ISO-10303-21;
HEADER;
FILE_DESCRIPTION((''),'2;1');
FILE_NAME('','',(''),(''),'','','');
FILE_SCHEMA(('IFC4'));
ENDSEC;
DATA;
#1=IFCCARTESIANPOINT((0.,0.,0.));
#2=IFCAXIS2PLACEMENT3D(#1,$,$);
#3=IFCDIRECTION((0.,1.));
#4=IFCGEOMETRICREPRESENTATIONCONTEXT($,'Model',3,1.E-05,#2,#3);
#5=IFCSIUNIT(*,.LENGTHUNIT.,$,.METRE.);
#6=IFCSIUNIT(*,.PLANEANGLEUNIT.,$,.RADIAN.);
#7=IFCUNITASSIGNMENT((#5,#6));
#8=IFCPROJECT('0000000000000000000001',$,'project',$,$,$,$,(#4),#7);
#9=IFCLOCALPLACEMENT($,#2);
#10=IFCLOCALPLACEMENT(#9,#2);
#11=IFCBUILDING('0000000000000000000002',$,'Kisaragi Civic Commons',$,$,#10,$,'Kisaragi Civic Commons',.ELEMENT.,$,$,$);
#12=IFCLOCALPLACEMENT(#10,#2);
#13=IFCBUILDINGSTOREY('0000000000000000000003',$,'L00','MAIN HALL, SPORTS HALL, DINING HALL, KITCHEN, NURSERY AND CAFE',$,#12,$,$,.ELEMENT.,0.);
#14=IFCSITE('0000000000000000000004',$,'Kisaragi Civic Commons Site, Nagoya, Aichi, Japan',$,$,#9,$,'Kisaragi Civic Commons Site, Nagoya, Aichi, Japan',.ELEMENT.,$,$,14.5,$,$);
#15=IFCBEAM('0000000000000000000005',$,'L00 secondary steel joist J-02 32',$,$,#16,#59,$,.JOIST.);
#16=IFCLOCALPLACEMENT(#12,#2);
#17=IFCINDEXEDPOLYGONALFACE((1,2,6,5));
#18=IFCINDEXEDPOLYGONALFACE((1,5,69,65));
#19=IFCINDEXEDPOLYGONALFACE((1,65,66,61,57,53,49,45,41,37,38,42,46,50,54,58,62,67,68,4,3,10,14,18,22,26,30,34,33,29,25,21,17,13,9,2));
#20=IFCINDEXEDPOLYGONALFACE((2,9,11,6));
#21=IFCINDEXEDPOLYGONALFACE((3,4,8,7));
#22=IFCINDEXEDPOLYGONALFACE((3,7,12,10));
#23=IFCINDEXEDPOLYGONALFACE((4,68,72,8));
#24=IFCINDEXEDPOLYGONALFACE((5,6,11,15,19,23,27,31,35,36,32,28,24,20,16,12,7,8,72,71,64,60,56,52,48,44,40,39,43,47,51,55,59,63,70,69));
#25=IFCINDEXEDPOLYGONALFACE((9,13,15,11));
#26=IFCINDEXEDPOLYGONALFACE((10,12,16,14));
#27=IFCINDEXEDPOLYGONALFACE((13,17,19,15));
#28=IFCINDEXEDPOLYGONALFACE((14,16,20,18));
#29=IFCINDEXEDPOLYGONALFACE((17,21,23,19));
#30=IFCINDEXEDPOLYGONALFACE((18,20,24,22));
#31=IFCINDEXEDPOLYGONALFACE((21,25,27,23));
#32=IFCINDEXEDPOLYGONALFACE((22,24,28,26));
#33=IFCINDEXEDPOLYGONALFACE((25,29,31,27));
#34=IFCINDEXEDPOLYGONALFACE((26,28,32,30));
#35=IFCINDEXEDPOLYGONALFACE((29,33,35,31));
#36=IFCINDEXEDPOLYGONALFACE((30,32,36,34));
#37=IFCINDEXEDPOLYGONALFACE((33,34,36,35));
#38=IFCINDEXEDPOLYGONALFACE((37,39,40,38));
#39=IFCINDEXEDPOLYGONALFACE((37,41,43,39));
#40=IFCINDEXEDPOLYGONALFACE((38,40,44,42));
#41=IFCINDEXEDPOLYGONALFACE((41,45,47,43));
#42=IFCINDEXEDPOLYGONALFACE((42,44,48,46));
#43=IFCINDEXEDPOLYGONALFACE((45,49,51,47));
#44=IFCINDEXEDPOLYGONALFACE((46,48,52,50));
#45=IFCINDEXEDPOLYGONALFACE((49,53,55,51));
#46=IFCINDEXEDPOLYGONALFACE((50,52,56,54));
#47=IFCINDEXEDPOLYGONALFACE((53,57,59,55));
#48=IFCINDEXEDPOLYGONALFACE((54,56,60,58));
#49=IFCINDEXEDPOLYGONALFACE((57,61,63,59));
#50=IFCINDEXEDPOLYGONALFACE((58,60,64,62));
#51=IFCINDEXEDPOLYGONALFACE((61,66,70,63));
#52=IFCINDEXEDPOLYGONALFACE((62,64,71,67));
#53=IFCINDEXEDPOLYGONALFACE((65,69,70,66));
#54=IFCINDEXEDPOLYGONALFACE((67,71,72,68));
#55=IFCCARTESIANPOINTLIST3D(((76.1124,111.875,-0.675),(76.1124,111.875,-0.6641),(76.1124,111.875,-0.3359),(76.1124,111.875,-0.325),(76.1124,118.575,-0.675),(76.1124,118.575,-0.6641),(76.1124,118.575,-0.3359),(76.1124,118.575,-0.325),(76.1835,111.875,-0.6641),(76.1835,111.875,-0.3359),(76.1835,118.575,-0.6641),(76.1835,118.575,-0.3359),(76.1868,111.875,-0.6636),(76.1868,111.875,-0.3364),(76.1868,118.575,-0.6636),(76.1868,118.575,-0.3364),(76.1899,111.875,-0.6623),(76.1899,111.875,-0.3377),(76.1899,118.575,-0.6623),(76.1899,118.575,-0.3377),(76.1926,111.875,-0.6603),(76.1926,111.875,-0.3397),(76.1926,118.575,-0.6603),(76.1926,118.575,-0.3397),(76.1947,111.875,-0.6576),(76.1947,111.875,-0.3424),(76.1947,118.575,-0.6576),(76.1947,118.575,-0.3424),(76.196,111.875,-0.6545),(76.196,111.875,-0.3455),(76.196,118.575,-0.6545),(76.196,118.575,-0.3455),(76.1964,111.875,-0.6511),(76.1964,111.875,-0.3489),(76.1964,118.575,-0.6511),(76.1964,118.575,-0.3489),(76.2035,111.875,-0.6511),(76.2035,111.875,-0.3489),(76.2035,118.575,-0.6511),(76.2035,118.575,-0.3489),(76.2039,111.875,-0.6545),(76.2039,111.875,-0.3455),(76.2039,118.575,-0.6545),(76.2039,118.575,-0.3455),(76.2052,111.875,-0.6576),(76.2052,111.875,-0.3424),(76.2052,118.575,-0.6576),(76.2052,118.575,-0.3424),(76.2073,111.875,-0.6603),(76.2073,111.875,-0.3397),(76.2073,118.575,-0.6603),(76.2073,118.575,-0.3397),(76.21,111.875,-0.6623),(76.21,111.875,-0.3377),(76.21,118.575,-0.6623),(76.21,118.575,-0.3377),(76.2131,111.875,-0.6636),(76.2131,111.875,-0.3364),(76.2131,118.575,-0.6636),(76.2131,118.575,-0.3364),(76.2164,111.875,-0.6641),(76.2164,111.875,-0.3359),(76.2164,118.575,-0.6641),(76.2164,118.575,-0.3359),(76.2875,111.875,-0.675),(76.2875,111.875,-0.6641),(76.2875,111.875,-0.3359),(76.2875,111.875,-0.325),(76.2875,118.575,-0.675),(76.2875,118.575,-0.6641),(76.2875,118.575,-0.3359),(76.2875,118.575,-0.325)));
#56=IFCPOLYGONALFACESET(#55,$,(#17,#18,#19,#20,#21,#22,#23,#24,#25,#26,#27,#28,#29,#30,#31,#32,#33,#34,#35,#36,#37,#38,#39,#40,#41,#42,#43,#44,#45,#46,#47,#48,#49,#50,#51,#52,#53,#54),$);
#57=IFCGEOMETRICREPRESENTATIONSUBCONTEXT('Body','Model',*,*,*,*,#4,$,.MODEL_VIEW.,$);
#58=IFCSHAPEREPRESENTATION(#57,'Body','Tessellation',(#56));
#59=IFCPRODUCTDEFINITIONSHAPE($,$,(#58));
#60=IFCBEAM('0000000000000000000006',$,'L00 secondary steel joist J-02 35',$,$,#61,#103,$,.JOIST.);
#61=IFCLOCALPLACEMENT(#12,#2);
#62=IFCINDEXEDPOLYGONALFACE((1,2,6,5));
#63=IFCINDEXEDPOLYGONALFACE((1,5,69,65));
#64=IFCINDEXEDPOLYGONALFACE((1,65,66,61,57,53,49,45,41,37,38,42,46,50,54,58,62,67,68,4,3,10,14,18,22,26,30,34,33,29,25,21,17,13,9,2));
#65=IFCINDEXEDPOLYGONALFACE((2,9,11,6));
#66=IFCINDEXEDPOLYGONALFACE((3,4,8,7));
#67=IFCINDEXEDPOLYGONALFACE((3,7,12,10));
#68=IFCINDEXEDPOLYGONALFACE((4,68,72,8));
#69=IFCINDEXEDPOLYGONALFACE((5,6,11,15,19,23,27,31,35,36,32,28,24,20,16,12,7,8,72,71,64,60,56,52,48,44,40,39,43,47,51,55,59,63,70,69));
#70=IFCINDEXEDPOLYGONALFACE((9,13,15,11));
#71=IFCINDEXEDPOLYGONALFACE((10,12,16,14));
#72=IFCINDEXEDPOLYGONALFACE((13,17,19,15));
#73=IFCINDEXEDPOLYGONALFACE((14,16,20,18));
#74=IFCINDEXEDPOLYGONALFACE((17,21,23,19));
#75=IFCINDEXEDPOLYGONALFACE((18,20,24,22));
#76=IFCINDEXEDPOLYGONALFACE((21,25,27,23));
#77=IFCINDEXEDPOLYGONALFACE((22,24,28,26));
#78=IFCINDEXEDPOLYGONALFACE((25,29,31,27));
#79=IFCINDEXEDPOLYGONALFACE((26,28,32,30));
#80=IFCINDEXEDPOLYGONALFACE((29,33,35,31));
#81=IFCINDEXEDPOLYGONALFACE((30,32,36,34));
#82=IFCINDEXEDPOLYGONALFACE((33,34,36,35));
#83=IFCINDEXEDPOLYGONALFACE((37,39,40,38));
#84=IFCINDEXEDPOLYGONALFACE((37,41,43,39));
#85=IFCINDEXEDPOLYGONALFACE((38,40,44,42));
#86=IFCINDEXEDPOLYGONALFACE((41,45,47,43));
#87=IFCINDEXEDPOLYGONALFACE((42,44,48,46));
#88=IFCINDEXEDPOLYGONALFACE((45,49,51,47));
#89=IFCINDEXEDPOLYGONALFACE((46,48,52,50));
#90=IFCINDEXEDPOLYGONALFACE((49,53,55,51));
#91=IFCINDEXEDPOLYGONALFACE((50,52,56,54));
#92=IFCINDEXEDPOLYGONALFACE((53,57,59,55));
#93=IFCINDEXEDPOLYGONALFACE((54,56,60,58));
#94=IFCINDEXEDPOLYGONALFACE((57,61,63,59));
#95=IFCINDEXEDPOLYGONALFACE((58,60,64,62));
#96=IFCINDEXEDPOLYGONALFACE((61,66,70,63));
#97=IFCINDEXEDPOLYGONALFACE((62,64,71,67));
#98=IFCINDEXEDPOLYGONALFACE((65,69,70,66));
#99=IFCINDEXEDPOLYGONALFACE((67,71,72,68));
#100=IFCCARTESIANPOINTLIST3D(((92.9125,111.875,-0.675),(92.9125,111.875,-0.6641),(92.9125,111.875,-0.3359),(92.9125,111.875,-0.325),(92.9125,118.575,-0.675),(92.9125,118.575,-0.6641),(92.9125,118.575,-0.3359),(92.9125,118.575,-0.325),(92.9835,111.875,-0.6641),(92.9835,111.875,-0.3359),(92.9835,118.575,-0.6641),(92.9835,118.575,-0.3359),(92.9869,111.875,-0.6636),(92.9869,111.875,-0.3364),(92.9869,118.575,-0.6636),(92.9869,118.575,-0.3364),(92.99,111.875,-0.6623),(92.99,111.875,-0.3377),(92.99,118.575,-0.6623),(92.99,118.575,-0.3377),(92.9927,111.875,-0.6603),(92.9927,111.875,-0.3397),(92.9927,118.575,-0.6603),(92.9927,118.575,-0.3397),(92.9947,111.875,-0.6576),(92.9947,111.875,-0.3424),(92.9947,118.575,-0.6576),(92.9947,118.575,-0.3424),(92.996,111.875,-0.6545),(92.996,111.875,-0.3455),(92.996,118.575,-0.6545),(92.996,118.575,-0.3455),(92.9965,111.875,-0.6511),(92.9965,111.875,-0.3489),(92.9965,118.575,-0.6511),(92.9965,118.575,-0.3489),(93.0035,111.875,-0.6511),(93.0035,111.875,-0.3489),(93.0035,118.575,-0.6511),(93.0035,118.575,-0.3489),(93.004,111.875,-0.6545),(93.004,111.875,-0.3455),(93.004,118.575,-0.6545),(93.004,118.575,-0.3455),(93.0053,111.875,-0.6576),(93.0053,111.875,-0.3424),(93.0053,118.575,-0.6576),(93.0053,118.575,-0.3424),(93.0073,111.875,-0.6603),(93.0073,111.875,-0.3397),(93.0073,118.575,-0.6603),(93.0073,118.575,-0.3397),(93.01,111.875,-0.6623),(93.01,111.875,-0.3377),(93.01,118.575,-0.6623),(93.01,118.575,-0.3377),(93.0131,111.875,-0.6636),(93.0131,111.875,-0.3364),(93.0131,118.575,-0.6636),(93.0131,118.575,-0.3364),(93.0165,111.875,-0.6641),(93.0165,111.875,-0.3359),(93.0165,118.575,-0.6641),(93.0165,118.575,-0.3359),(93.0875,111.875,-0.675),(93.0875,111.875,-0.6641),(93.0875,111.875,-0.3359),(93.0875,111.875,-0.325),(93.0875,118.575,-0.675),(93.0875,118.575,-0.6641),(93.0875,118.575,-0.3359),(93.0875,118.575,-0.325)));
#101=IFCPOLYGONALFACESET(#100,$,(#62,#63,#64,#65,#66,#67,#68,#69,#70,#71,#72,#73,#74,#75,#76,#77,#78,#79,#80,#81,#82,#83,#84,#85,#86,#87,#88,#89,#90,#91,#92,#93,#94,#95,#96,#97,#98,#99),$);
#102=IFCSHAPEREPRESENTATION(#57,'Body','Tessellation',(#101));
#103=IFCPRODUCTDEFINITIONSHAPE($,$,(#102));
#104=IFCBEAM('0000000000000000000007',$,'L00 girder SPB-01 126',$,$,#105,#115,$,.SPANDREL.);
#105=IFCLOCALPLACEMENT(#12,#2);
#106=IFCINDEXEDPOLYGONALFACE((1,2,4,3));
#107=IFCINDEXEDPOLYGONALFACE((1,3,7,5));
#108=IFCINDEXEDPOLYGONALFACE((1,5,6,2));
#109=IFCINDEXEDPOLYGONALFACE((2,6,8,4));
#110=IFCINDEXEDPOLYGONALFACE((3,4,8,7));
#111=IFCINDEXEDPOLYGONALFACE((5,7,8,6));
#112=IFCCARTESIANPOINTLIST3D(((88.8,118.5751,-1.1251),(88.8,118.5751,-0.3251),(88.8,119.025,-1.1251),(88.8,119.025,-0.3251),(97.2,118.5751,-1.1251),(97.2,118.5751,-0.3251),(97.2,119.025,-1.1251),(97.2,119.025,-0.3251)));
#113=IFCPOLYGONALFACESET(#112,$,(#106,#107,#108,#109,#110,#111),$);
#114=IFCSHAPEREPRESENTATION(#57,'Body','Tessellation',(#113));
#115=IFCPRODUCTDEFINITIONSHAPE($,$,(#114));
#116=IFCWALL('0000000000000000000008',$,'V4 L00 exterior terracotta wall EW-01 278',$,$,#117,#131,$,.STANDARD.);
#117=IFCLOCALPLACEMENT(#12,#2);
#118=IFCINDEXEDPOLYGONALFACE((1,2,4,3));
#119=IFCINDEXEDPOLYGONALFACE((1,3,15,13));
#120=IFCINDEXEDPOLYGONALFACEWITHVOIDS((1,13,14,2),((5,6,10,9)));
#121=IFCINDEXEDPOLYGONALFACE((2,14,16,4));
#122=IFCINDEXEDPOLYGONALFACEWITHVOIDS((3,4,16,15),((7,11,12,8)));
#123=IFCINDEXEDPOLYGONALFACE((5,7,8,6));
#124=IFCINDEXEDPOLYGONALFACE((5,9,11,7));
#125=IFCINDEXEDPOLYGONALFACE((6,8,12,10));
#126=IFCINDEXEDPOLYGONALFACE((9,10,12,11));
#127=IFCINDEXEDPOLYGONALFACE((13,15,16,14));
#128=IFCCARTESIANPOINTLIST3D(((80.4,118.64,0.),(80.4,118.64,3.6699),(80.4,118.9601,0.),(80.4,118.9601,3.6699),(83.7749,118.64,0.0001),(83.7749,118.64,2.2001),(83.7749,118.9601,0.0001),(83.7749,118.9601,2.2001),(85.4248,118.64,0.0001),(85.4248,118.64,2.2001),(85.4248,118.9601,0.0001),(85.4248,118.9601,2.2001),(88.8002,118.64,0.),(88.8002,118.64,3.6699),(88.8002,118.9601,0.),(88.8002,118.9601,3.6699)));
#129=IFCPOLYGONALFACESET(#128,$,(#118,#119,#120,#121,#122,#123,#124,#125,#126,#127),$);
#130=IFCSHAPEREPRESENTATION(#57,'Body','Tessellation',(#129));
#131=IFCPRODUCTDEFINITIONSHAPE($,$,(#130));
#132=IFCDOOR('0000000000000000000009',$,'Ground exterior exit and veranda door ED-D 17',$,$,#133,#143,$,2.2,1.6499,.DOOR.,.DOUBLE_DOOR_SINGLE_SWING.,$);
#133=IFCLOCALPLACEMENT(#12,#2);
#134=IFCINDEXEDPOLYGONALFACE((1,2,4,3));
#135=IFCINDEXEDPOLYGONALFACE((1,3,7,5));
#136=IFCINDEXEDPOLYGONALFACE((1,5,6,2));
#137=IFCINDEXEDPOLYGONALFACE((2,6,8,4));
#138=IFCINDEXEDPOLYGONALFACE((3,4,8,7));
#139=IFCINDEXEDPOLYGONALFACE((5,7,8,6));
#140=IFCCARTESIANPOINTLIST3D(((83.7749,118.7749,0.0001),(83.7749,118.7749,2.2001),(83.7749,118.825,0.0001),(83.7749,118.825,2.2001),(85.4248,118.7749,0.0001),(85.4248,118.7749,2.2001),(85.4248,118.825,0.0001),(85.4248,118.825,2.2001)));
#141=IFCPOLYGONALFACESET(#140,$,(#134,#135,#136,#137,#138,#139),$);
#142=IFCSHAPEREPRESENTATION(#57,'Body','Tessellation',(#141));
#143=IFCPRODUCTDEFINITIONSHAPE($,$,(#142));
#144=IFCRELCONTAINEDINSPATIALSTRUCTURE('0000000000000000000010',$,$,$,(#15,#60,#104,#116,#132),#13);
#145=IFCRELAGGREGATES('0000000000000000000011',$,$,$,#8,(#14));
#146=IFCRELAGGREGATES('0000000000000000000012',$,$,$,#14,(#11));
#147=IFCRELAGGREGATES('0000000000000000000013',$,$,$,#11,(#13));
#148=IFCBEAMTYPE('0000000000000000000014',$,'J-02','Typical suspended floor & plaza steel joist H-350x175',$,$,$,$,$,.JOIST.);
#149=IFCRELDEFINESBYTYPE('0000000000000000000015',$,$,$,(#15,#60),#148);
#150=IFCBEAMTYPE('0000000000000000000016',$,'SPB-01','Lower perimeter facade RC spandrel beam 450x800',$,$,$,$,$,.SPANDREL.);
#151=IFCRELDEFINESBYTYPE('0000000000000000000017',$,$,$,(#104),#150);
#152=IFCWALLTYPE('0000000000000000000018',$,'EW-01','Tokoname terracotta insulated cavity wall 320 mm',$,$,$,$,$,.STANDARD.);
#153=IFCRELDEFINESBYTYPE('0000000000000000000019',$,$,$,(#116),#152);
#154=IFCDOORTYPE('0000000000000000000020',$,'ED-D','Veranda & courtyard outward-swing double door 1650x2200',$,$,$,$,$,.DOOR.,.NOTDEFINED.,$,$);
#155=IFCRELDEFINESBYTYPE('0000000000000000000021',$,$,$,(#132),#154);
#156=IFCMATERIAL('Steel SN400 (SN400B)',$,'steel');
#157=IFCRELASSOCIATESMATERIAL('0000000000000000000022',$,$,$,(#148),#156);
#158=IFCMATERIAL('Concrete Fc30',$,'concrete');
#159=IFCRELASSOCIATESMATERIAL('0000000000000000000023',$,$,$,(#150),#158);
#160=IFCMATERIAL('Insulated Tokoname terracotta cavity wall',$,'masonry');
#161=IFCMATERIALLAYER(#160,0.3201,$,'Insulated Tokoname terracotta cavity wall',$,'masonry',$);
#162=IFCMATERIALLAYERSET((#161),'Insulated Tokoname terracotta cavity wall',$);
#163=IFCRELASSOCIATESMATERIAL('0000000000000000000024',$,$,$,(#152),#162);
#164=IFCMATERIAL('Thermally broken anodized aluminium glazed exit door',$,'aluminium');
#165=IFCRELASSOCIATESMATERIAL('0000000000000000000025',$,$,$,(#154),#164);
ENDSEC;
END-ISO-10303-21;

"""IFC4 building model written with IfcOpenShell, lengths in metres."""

from ifc_helpers import new_model, si_unit, direction, frame, frame_2d, origin, origin_2d, place, context, subcontext, project, spatial, rectangle, i_section, extrude, material, layer, layer_set, material_profile, profile_set, type_object, element, fill, save


model = new_model("IFC4")

# Units and contexts
model_context = context("Model", 3, precision=1e-05, world=origin(), true_north=direction((0.0, 1.0)))
body_context = subcontext(model_context, "Body", "Model", "MODEL_VIEW")
ifc_project = project(units=[si_unit("LENGTHUNIT", "METRE"), si_unit("PLANEANGLEUNIT", "RADIAN")], contexts=[model_context])

# Site, building, storey
site_placement = place(None, origin())
site = spatial("IfcSite", under=ifc_project, at=site_placement, Name="Kisaragi Civic Commons Site, Nagoya, Aichi, Japan", LongName="Kisaragi Civic Commons Site, Nagoya, Aichi, Japan", CompositionType="ELEMENT", RefElevation=14.5)
building_placement = place(site_placement, origin())
building = spatial("IfcBuilding", under=site, at=building_placement, Name="Kisaragi Civic Commons", LongName="Kisaragi Civic Commons", CompositionType="ELEMENT")
storey_placement = place(building_placement, origin())
storey = spatial("IfcBuildingStorey", under=building, at=storey_placement, Name="L00", Description="MAIN HALL, SPORTS HALL, DINING HALL, KITCHEN, NURSERY AND CAFE", CompositionType="ELEMENT", Elevation=0.0)

# Beams
ifc_material_1 = material(Name="Concrete Fc30", Category="concrete")
ifc_material_2 = material(Name="Steel SN400 (SN400B)", Category="steel")
ifc_material_profile_1 = material_profile(ifc_material_2, i_section(OverallWidth=0.175, OverallDepth=0.3501, WebThickness=0.0071, FlangeThickness=0.011, FilletRadius=0.0129, at=origin_2d()), Name="H-350x175x7x11", Category="steel")
ifc_profile_set_1 = profile_set([ifc_material_profile_1], Name="Steel SN400 (SN400B)")
beam_type_1 = type_object("IfcBeamType", Name="J-02", Description="Typical suspended floor & plaza steel joist H-350x175", PredefinedType="JOIST", material=ifc_profile_set_1)
for number, where, z_axis, x_axis, name in (
    (1, (76.2, 111.875, -0.5), (0.0, 1.0, 0.0), (-1.0, 0.0, 0.0), "L00 secondary steel joist J-02 32"),
    (2, (93.0, 111.875, -0.5), (0.0, 1.0, 0.0), (-1.0, 0.0, 0.0), "L00 secondary steel joist J-02 35"),
):
    element("IfcBeam", number, at=place(storey_placement, frame(where, z_axis=z_axis, x_axis=x_axis)), inside=storey, type_object=beam_type_1, Name=name, PredefinedType="JOIST", context=body_context, shape_type="SweptSolid", body=[
        extrude(i_section(OverallWidth=0.175, OverallDepth=0.3501, WebThickness=0.0071, FlangeThickness=0.011, FilletRadius=0.0129, at=origin_2d()), origin(), (0.0, 0.0, 1.0), 6.7),
    ])
ifc_material_profile_2 = material_profile(ifc_material_1, rectangle(XDim=0.45, YDim=0.8, at=origin_2d()), Name="RC-450x800", Category="concrete")
ifc_profile_set_2 = profile_set([ifc_material_profile_2], Name="Concrete Fc30")
beam_type_2 = type_object("IfcBeamType", Name="SPB-01", Description="Lower perimeter facade RC spandrel beam 450x800", PredefinedType="SPANDREL", material=ifc_profile_set_2)
beam_1_placement = place(storey_placement, frame((88.8, 118.8, -0.7251), z_axis=(1.0, 0.0, 0.0), x_axis=(0.0, 1.0, 0.0)))
element("IfcBeam", 3, at=beam_1_placement, inside=storey, type_object=beam_type_2, Name="L00 girder SPB-01 126", PredefinedType="SPANDREL", context=body_context, shape_type="SweptSolid", body=[
    extrude(rectangle(XDim=0.45, YDim=0.8, at=origin_2d()), origin(), (0.0, 0.0, 1.0), 8.3999),
])

# Wall, opening, door
ifc_material_3 = material(Name="Insulated Tokoname terracotta cavity wall", Category="masonry")
ifc_layer_1 = layer(ifc_material_3, 0.3201, Name="Insulated Tokoname terracotta cavity wall", Category="masonry")
ifc_layer_set_1 = layer_set([ifc_layer_1], Name="Insulated Tokoname terracotta cavity wall")
wall_type_1 = type_object("IfcWallType", Name="EW-01", Description="Tokoname terracotta insulated cavity wall 320 mm", PredefinedType="STANDARD", material=ifc_layer_set_1)
wall_1_placement = place(storey_placement, frame((80.3999, 118.8, 0.0), z_axis=(0.0, 0.0, 1.0), x_axis=(1.0, 0.0, 0.0)))
wall_1 = element("IfcWall", 4, at=wall_1_placement, inside=storey, type_object=wall_type_1, Name="V4 L00 exterior terracotta wall EW-01 278", PredefinedType="STANDARD", context=body_context, shape_type="SweptSolid", body=[
    extrude(rectangle(XDim=8.4001, YDim=0.3201, at=frame_2d((4.2002, 0.0))), origin(), (0.0, 0.0, 1.0), 3.6699),
])
opening_1_placement = place(wall_1_placement, frame((3.375, 0.0, 0.0)))
opening_1 = element("IfcOpeningElement", 5, at=opening_1_placement, cuts=wall_1, PredefinedType="OPENING", context=body_context, shape_type="SweptSolid", body=[
    extrude(rectangle(XDim=1.6499, YDim=2.2, at=frame_2d((0.825, 1.1001))), frame((0.0, 0.1699, 0.0), z_axis=(0.0, -1.0, 0.0), x_axis=(1.0, 0.0, 0.0)), (0.0, 0.0, 1.0), 0.3401),
])
ifc_material_4 = material(Name="Thermally broken anodized aluminium glazed exit door", Category="aluminium")
door_type_1 = type_object("IfcDoorType", Name="ED-D", Description="Veranda & courtyard outward-swing double door 1650x2200", OperationType="NOTDEFINED", PredefinedType="DOOR", material=ifc_material_4)
door_1_placement = place(opening_1_placement, origin())
door_1 = element("IfcDoor", 6, at=door_1_placement, inside=storey, type_object=door_type_1, Name="Ground exterior exit and veranda door ED-D 17", OperationType="DOUBLE_DOOR_SINGLE_SWING", OverallHeight=2.2, OverallWidth=1.6499, PredefinedType="DOOR", context=body_context, shape_type="SweptSolid", body=[
    extrude(rectangle(XDim=1.6499, YDim=2.2, at=frame_2d((0.825, 1.1001))), frame((0.0, 0.0249, 0.0), z_axis=(0.0, -1.0, 0.0), x_axis=(1.0, 0.0, 0.0)), (0.0, 0.0, 1.0), 0.05),
])
fill(opening_1, door_1)

save(model, "model.ifc")
